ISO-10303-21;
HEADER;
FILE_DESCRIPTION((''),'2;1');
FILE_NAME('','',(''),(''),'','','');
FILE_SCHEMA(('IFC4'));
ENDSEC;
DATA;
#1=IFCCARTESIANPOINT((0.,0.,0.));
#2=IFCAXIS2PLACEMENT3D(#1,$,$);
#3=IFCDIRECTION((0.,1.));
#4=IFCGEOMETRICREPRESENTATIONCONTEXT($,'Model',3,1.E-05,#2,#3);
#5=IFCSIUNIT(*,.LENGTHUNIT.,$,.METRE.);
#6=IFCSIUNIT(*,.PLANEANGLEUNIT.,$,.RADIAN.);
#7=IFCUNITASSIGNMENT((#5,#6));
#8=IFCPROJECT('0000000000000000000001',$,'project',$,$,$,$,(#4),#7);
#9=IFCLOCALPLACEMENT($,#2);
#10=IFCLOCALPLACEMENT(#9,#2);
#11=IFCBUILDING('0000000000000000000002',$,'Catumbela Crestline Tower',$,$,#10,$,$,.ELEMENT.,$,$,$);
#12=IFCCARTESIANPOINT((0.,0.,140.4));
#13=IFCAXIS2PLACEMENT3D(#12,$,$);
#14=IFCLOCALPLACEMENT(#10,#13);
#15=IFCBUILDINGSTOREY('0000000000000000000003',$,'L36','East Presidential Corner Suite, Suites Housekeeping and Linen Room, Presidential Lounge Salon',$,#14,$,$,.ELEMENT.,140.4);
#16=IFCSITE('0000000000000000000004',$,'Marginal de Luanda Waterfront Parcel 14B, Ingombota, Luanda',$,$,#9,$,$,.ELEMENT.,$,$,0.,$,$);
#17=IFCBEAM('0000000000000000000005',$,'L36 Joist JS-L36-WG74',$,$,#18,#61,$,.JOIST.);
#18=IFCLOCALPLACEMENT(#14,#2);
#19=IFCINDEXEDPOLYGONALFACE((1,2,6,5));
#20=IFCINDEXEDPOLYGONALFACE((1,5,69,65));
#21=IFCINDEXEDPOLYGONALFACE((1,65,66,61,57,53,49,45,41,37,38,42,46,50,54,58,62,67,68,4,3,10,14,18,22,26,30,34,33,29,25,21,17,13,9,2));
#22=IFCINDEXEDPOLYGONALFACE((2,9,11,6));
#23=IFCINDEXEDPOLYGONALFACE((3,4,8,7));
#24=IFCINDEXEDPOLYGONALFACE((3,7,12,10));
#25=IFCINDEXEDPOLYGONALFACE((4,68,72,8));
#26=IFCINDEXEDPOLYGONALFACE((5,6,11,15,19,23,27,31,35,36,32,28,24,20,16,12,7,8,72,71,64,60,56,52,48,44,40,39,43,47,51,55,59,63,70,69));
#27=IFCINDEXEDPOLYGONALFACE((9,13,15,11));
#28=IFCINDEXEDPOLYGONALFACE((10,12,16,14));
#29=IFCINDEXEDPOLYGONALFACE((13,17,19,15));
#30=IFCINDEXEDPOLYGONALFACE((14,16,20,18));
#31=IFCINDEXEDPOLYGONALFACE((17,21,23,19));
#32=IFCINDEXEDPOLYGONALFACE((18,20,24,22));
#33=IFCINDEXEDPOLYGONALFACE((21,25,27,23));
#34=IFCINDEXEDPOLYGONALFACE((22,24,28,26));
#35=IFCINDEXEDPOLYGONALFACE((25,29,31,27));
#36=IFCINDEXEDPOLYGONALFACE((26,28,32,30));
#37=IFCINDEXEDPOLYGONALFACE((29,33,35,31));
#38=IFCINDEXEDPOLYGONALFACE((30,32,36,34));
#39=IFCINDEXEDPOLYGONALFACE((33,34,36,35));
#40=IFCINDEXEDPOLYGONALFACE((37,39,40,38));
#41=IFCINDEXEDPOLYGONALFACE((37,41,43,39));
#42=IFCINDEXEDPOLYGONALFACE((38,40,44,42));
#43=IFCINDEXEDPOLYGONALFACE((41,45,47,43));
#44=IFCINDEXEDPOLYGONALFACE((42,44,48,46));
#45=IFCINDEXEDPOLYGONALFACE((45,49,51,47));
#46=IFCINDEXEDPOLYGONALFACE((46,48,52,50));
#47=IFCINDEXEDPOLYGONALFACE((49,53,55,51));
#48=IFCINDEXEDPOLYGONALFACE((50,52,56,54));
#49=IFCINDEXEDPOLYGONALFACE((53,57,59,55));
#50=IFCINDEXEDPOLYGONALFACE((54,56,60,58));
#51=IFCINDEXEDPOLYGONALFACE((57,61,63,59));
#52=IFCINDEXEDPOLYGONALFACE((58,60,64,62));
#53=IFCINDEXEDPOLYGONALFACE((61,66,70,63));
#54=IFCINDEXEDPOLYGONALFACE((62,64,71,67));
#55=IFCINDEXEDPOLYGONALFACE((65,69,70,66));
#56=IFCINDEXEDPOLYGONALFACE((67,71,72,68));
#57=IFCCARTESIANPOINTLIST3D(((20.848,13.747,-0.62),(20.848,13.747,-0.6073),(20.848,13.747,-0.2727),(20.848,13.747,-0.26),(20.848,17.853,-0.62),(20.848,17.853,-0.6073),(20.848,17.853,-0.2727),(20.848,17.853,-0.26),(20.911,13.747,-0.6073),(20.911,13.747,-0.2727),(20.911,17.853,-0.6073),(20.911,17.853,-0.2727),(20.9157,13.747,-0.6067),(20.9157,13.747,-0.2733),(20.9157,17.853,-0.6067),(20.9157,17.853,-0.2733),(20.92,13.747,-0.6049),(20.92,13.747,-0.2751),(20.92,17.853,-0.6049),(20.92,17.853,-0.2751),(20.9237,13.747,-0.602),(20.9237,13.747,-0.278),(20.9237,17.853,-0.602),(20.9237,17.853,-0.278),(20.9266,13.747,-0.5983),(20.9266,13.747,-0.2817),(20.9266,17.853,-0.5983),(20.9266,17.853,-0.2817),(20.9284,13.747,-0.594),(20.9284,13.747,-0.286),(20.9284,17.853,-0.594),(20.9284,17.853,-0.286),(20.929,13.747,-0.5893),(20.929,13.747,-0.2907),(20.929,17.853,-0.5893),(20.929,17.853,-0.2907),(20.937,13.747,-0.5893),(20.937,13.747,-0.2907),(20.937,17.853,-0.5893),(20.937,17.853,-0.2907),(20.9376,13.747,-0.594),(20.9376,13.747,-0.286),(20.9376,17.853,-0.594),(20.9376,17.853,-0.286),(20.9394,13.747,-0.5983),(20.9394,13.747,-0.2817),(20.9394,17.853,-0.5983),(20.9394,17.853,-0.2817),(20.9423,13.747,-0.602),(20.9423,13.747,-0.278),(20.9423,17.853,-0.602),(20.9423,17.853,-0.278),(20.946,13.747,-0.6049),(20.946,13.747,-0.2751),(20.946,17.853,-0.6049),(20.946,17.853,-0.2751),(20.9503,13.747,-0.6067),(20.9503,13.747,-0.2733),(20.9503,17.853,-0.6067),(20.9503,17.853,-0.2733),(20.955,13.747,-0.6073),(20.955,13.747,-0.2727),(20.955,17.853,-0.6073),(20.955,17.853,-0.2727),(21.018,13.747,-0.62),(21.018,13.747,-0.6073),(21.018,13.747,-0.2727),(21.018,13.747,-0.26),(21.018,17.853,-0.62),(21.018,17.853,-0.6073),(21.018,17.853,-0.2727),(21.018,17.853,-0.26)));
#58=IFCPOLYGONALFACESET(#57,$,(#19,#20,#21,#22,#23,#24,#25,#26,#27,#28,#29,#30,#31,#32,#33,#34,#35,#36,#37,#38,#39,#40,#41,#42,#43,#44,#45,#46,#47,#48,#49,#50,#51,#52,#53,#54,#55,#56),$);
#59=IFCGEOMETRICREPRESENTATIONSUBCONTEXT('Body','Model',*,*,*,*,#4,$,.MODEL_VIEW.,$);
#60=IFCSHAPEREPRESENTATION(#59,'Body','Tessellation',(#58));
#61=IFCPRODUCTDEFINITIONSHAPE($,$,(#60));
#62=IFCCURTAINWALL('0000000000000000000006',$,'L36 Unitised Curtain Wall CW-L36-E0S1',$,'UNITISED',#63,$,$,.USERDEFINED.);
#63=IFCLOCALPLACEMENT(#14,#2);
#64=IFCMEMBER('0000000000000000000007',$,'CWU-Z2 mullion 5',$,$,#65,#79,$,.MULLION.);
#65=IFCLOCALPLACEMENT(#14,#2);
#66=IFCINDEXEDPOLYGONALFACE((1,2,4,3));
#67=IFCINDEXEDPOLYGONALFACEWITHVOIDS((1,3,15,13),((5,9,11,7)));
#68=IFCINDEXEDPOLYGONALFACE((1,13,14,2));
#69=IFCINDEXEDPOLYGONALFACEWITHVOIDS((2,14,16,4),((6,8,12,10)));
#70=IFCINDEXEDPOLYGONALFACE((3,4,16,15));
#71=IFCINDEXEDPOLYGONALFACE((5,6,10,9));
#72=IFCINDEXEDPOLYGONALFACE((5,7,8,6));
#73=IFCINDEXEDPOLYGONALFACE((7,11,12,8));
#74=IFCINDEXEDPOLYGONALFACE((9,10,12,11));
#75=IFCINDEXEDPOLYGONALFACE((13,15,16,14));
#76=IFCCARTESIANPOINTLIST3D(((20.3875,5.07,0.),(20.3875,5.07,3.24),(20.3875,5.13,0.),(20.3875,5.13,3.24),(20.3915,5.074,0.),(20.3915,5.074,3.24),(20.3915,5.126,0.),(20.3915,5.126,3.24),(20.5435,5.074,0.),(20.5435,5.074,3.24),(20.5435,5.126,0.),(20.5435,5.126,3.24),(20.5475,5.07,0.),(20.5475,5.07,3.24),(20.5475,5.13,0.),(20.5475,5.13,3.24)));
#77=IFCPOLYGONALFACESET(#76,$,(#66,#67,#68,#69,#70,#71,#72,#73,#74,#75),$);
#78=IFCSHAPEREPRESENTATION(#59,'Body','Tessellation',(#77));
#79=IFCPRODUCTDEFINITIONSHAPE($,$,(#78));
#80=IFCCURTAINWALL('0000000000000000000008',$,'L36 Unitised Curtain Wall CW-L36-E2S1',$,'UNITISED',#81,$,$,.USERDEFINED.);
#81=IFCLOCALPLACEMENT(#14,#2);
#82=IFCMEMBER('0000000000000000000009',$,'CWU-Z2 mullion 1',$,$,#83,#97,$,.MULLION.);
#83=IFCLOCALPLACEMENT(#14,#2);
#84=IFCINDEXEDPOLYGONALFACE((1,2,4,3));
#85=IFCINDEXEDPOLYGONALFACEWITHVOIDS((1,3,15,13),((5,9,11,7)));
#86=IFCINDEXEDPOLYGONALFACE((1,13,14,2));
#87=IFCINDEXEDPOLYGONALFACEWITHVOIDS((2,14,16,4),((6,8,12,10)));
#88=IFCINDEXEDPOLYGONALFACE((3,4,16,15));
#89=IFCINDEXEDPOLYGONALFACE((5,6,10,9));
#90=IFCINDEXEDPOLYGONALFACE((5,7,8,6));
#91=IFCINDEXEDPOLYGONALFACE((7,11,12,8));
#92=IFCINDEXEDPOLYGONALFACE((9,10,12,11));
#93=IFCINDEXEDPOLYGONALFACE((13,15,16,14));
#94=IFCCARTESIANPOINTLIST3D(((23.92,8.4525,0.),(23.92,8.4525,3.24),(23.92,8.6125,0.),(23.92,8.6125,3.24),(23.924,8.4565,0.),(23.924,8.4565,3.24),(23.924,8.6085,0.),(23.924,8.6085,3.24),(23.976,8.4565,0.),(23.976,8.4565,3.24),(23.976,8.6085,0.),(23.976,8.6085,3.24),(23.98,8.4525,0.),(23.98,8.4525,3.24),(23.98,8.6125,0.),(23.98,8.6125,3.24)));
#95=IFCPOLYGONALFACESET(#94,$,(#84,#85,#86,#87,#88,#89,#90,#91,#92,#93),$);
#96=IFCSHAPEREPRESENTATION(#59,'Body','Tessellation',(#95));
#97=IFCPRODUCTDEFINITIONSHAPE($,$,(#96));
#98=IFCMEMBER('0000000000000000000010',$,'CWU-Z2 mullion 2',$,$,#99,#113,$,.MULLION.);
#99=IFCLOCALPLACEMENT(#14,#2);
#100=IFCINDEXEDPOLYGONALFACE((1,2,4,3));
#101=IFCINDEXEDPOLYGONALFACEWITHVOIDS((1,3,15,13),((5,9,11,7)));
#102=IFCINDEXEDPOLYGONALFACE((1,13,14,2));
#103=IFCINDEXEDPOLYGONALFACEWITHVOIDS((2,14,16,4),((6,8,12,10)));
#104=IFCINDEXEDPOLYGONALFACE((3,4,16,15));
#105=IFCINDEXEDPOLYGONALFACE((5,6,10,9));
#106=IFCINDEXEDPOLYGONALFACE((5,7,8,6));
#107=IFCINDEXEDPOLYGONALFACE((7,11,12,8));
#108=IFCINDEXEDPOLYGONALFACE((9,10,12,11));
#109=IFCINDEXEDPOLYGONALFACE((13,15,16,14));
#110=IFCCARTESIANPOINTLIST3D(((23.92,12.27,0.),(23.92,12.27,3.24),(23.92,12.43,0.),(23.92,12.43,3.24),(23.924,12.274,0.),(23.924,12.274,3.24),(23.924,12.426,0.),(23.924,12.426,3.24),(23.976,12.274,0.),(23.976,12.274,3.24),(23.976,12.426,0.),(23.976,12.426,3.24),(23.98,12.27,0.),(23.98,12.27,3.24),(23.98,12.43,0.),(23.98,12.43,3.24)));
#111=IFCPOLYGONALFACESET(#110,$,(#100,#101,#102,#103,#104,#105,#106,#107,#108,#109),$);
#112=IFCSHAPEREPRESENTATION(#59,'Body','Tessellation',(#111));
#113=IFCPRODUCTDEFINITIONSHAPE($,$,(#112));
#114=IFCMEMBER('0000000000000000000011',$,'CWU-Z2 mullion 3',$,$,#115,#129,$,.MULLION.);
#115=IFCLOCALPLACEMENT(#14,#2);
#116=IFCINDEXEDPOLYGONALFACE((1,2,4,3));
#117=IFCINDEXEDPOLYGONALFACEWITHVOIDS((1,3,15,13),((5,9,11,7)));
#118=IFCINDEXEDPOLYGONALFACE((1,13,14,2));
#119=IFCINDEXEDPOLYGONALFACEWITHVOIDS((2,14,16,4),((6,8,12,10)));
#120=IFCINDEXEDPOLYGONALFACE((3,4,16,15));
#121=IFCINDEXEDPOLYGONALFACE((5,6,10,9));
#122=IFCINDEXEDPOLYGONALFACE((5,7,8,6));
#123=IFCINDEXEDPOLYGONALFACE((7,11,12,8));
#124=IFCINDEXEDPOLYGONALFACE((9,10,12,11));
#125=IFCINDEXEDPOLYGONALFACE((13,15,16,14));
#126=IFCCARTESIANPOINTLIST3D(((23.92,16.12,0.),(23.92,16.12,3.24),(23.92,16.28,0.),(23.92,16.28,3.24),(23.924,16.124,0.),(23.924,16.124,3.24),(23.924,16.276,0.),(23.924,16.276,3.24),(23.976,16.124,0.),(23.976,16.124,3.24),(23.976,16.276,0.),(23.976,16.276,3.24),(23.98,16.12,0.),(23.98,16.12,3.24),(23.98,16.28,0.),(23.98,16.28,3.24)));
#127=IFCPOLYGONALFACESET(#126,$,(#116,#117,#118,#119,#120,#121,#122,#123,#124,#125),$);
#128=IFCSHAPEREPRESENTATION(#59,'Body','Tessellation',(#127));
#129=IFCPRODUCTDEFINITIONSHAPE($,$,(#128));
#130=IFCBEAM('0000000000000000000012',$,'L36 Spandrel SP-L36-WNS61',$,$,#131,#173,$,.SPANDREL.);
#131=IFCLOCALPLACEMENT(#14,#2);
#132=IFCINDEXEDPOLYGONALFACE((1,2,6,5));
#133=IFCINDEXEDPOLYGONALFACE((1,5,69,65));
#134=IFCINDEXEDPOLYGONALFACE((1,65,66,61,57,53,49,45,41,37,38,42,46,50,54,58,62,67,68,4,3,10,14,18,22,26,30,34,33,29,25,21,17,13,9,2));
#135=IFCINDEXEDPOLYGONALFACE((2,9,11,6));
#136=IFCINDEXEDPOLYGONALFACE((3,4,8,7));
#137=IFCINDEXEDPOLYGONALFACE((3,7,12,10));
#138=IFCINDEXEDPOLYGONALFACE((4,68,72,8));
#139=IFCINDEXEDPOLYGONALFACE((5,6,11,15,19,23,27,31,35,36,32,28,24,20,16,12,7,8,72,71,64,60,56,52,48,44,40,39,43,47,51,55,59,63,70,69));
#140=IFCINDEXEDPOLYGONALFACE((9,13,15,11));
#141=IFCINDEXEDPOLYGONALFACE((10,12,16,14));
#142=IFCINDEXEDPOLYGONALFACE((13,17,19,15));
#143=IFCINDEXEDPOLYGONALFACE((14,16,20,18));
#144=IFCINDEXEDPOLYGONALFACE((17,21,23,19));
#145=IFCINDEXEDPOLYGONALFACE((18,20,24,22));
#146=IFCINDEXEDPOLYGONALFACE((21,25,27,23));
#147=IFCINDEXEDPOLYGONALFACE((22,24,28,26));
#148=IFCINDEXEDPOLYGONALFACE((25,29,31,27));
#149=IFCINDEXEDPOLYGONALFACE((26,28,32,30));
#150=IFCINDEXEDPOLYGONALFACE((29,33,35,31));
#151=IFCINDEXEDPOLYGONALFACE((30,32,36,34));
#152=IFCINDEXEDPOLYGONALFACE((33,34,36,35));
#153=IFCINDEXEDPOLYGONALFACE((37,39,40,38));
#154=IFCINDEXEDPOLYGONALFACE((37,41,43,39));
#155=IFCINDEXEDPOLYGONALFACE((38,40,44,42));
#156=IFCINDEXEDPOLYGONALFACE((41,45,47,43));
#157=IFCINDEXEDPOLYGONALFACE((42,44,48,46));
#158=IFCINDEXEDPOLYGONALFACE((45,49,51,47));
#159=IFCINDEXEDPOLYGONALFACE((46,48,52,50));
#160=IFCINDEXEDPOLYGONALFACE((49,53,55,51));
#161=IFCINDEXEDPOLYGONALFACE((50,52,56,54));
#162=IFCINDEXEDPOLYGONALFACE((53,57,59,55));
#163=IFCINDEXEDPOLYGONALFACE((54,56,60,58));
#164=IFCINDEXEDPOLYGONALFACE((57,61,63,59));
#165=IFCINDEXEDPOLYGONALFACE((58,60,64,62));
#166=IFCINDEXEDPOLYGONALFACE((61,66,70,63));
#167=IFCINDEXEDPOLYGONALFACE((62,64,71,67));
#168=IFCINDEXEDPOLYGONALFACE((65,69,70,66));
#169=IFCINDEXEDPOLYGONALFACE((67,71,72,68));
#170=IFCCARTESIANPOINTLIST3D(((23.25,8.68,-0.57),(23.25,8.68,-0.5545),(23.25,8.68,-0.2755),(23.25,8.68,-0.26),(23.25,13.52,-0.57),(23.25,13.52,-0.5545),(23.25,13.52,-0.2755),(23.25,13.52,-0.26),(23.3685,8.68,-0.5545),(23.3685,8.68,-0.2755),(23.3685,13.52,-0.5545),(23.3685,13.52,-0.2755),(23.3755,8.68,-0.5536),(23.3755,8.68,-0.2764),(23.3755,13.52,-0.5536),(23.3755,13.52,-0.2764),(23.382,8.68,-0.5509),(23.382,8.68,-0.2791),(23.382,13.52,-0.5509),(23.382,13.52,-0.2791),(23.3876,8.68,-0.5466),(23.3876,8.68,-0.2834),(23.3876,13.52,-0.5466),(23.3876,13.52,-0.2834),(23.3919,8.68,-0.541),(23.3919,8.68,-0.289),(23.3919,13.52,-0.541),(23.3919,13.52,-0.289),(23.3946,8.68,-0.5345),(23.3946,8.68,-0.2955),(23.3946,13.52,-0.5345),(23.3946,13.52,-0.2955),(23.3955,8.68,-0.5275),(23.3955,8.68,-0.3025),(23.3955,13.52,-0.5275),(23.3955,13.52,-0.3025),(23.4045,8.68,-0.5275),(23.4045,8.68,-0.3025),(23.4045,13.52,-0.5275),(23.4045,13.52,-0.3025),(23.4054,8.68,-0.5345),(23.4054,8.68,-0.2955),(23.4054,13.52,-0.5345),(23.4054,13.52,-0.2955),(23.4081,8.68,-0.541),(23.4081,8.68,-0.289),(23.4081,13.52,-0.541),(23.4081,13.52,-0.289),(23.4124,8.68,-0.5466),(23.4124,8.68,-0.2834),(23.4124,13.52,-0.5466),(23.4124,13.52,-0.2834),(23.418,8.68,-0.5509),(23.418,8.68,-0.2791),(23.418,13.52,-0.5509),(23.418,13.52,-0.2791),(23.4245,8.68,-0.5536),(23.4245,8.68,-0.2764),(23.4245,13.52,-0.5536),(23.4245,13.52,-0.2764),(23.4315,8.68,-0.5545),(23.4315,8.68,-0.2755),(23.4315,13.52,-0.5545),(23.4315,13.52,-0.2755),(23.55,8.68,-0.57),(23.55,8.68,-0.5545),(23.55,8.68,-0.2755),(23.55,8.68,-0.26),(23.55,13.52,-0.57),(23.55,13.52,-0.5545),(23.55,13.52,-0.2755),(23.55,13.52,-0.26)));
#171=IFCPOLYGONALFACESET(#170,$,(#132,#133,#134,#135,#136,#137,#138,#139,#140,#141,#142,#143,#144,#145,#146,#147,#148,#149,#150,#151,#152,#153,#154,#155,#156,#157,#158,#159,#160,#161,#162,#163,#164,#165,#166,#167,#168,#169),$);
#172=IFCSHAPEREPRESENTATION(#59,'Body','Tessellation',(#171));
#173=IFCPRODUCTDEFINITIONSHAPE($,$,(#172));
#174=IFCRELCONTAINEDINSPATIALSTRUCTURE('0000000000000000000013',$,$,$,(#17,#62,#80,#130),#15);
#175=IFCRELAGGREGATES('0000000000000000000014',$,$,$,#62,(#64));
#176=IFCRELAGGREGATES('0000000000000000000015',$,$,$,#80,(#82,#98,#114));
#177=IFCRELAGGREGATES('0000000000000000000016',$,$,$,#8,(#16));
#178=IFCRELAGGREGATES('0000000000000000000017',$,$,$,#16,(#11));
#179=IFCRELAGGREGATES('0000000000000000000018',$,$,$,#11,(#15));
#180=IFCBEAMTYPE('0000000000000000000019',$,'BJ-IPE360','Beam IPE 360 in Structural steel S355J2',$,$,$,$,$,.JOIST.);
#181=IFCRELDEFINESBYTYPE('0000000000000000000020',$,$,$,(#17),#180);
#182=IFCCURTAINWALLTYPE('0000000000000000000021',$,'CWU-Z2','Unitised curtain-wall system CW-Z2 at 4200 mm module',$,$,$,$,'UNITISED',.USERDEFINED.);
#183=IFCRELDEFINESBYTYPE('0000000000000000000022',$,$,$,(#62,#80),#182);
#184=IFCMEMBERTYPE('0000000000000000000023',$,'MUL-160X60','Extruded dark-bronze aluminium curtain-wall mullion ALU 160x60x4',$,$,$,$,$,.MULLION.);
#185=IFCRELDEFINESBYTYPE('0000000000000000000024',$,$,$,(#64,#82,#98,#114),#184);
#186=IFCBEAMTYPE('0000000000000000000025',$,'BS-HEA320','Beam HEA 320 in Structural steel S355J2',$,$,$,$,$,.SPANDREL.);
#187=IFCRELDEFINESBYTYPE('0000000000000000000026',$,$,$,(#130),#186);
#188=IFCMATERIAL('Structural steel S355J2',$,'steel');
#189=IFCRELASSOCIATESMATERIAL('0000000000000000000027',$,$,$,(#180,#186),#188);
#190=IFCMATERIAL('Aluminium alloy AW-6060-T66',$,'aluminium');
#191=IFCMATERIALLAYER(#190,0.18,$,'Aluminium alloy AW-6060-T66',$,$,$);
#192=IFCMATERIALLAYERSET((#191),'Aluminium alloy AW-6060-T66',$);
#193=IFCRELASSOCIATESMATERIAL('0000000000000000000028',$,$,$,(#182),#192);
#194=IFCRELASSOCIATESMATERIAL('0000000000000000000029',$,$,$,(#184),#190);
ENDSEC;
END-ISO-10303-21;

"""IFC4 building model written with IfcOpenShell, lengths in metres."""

from ifc_helpers import new_model, si_unit, direction, frame, origin, origin_2d, place, context, subcontext, project, spatial, hollow_rectangle, i_section, extrude, material, layer, layer_set, material_profile, profile_set, type_object, element, aggregate, save


model = new_model("IFC4")

# Units and contexts
model_context = context("Model", 3, precision=1e-05, world=origin(), true_north=direction((0.0, 1.0)))
body_context = subcontext(model_context, "Body", "Model", "MODEL_VIEW")
ifc_project = project(units=[si_unit("LENGTHUNIT", "METRE"), si_unit("PLANEANGLEUNIT", "RADIAN")], contexts=[model_context])

# Site, building, storey
site_placement = place(None, origin())
site = spatial("IfcSite", under=ifc_project, at=site_placement, Name="Marginal de Luanda Waterfront Parcel 14B, Ingombota, Luanda", CompositionType="ELEMENT", RefElevation=0.0)
building_placement = place(site_placement, origin())
building = spatial("IfcBuilding", under=site, at=building_placement, Name="Catumbela Crestline Tower", CompositionType="ELEMENT")
storey_placement = place(building_placement, frame((0.0, 0.0, 140.4)))
storey = spatial("IfcBuildingStorey", under=building, at=storey_placement, Name="L36", Description="East Presidential Corner Suite, Suites Housekeeping and Linen Room, Presidential Lounge Salon", CompositionType="ELEMENT", Elevation=140.4)

# Beam
ifc_material_1 = material(Name="Structural steel S355J2", Category="steel")
ifc_material_profile_1 = material_profile(ifc_material_1, i_section(OverallWidth=0.17, OverallDepth=0.36, WebThickness=0.008, FlangeThickness=0.0127, FilletRadius=0.018, at=origin_2d()), Name="IPE 360")
ifc_profile_set_1 = profile_set([ifc_material_profile_1], Name="Structural steel S355J2")
beam_type_1 = type_object("IfcBeamType", Name="BJ-IPE360", Description="Beam IPE 360 in Structural steel S355J2", PredefinedType="JOIST", material=ifc_profile_set_1)
beam_1_placement = place(storey_placement, frame((20.933, 13.747, -0.44), z_axis=(0.0, 1.0, 0.0), x_axis=(-1.0, 0.0, 0.0)))
element("IfcBeam", 1, at=beam_1_placement, inside=storey, type_object=beam_type_1, Name="L36 Joist JS-L36-WG74", PredefinedType="JOIST", context=body_context, shape_type="SweptSolid", body=[
    extrude(i_section(OverallWidth=0.17, OverallDepth=0.36, WebThickness=0.008, FlangeThickness=0.0127, FilletRadius=0.018, at=origin_2d()), origin(), (0.0, 0.0, 1.0), 4.106),
])

# Curtain wall, member
ifc_material_2 = material(Name="Aluminium alloy AW-6060-T66", Category="aluminium")
ifc_layer_1 = layer(ifc_material_2, 0.18, Name="Aluminium alloy AW-6060-T66")
ifc_layer_set_1 = layer_set([ifc_layer_1], Name="Aluminium alloy AW-6060-T66")
curtain_wall_type = type_object("IfcCurtainWallType", Name="CWU-Z2", Description="Unitised curtain-wall system CW-Z2 at 4200 mm module", ElementType="UNITISED", PredefinedType="USERDEFINED", material=ifc_layer_set_1)
curtain_wall_1_placement = place(storey_placement, origin())
curtain_wall_1 = element("IfcCurtainWall", 2, at=curtain_wall_1_placement, inside=storey, type_object=curtain_wall_type, Name="L36 Unitised Curtain Wall CW-L36-E0S1", ObjectType="UNITISED", PredefinedType="USERDEFINED")
ifc_material_profile_2 = material_profile(ifc_material_2, hollow_rectangle(XDim=0.06, YDim=0.16, WallThickness=0.004, at=origin_2d()), Name="ALU 160x60x4")
ifc_profile_set_2 = profile_set([ifc_material_profile_2], Name="Aluminium alloy AW-6060-T66")
member_type_1 = type_object("IfcMemberType", Name="MUL-160X60", Description="Extruded dark-bronze aluminium curtain-wall mullion ALU 160x60x4", PredefinedType="MULLION", material=ifc_profile_set_2)
member_1_placement = place(storey_placement, frame((20.4675, 5.1, 0.0), z_axis=(0.0, 0.0, 1.0), x_axis=(0.0, 1.0, 0.0)))
member_1 = element("IfcMember", 3, at=member_1_placement, type_object=member_type_1, Name="CWU-Z2 mullion 5", PredefinedType="MULLION", context=body_context, shape_type="SweptSolid", body=[
    extrude(hollow_rectangle(XDim=0.06, YDim=0.16, WallThickness=0.004, at=origin_2d()), origin(), (0.0, 0.0, 1.0), 3.24),
])
aggregate(curtain_wall_1, [member_1])

# Curtain wall, members
curtain_wall_2_placement = place(storey_placement, origin())
curtain_wall_2 = element("IfcCurtainWall", 4, at=curtain_wall_2_placement, inside=storey, type_object=curtain_wall_type, Name="L36 Unitised Curtain Wall CW-L36-E2S1", ObjectType="UNITISED", PredefinedType="USERDEFINED")
member_2_placement = place(storey_placement, frame((23.95, 8.5325, 0.0), z_axis=(0.0, 0.0, 1.0), x_axis=(-1.0, 0.0, 0.0)))
member_2 = element("IfcMember", 5, at=member_2_placement, type_object=member_type_1, Name="CWU-Z2 mullion 1", PredefinedType="MULLION", context=body_context, shape_type="SweptSolid", body=[
    extrude(hollow_rectangle(XDim=0.06, YDim=0.16, WallThickness=0.004, at=origin_2d()), origin(), (0.0, 0.0, 1.0), 3.24),
])
member_3_placement = place(storey_placement, frame((23.95, 12.35, 0.0), z_axis=(0.0, 0.0, 1.0), x_axis=(-1.0, 0.0, 0.0)))
member_3 = element("IfcMember", 6, at=member_3_placement, type_object=member_type_1, Name="CWU-Z2 mullion 2", PredefinedType="MULLION", context=body_context, shape_type="SweptSolid", body=[
    extrude(hollow_rectangle(XDim=0.06, YDim=0.16, WallThickness=0.004, at=origin_2d()), origin(), (0.0, 0.0, 1.0), 3.24),
])
member_4_placement = place(storey_placement, frame((23.95, 16.2, 0.0), z_axis=(0.0, 0.0, 1.0), x_axis=(-1.0, 0.0, 0.0)))
member_4 = element("IfcMember", 7, at=member_4_placement, type_object=member_type_1, Name="CWU-Z2 mullion 3", PredefinedType="MULLION", context=body_context, shape_type="SweptSolid", body=[
    extrude(hollow_rectangle(XDim=0.06, YDim=0.16, WallThickness=0.004, at=origin_2d()), origin(), (0.0, 0.0, 1.0), 3.24),
])

# Beam
ifc_material_profile_3 = material_profile(ifc_material_1, i_section(OverallWidth=0.3, OverallDepth=0.31, WebThickness=0.009, FlangeThickness=0.0155, FilletRadius=0.027, at=origin_2d()), Name="HEA 320")
ifc_profile_set_3 = profile_set([ifc_material_profile_3], Name="Structural steel S355J2")
beam_type_2 = type_object("IfcBeamType", Name="BS-HEA320", Description="Beam HEA 320 in Structural steel S355J2", PredefinedType="SPANDREL", material=ifc_profile_set_3)
beam_2_placement = place(storey_placement, frame((23.4, 8.68, -0.415), z_axis=(0.0, 1.0, 0.0), x_axis=(-1.0, 0.0, 0.0)))
element("IfcBeam", 8, at=beam_2_placement, inside=storey, type_object=beam_type_2, Name="L36 Spandrel SP-L36-WNS61", PredefinedType="SPANDREL", context=body_context, shape_type="SweptSolid", body=[
    extrude(i_section(OverallWidth=0.3, OverallDepth=0.31, WebThickness=0.009, FlangeThickness=0.0155, FilletRadius=0.027, at=origin_2d()), origin(), (0.0, 0.0, 1.0), 4.84),
])

aggregate(curtain_wall_2, [member_2, member_3, member_4])

save(model, "model.ifc")
